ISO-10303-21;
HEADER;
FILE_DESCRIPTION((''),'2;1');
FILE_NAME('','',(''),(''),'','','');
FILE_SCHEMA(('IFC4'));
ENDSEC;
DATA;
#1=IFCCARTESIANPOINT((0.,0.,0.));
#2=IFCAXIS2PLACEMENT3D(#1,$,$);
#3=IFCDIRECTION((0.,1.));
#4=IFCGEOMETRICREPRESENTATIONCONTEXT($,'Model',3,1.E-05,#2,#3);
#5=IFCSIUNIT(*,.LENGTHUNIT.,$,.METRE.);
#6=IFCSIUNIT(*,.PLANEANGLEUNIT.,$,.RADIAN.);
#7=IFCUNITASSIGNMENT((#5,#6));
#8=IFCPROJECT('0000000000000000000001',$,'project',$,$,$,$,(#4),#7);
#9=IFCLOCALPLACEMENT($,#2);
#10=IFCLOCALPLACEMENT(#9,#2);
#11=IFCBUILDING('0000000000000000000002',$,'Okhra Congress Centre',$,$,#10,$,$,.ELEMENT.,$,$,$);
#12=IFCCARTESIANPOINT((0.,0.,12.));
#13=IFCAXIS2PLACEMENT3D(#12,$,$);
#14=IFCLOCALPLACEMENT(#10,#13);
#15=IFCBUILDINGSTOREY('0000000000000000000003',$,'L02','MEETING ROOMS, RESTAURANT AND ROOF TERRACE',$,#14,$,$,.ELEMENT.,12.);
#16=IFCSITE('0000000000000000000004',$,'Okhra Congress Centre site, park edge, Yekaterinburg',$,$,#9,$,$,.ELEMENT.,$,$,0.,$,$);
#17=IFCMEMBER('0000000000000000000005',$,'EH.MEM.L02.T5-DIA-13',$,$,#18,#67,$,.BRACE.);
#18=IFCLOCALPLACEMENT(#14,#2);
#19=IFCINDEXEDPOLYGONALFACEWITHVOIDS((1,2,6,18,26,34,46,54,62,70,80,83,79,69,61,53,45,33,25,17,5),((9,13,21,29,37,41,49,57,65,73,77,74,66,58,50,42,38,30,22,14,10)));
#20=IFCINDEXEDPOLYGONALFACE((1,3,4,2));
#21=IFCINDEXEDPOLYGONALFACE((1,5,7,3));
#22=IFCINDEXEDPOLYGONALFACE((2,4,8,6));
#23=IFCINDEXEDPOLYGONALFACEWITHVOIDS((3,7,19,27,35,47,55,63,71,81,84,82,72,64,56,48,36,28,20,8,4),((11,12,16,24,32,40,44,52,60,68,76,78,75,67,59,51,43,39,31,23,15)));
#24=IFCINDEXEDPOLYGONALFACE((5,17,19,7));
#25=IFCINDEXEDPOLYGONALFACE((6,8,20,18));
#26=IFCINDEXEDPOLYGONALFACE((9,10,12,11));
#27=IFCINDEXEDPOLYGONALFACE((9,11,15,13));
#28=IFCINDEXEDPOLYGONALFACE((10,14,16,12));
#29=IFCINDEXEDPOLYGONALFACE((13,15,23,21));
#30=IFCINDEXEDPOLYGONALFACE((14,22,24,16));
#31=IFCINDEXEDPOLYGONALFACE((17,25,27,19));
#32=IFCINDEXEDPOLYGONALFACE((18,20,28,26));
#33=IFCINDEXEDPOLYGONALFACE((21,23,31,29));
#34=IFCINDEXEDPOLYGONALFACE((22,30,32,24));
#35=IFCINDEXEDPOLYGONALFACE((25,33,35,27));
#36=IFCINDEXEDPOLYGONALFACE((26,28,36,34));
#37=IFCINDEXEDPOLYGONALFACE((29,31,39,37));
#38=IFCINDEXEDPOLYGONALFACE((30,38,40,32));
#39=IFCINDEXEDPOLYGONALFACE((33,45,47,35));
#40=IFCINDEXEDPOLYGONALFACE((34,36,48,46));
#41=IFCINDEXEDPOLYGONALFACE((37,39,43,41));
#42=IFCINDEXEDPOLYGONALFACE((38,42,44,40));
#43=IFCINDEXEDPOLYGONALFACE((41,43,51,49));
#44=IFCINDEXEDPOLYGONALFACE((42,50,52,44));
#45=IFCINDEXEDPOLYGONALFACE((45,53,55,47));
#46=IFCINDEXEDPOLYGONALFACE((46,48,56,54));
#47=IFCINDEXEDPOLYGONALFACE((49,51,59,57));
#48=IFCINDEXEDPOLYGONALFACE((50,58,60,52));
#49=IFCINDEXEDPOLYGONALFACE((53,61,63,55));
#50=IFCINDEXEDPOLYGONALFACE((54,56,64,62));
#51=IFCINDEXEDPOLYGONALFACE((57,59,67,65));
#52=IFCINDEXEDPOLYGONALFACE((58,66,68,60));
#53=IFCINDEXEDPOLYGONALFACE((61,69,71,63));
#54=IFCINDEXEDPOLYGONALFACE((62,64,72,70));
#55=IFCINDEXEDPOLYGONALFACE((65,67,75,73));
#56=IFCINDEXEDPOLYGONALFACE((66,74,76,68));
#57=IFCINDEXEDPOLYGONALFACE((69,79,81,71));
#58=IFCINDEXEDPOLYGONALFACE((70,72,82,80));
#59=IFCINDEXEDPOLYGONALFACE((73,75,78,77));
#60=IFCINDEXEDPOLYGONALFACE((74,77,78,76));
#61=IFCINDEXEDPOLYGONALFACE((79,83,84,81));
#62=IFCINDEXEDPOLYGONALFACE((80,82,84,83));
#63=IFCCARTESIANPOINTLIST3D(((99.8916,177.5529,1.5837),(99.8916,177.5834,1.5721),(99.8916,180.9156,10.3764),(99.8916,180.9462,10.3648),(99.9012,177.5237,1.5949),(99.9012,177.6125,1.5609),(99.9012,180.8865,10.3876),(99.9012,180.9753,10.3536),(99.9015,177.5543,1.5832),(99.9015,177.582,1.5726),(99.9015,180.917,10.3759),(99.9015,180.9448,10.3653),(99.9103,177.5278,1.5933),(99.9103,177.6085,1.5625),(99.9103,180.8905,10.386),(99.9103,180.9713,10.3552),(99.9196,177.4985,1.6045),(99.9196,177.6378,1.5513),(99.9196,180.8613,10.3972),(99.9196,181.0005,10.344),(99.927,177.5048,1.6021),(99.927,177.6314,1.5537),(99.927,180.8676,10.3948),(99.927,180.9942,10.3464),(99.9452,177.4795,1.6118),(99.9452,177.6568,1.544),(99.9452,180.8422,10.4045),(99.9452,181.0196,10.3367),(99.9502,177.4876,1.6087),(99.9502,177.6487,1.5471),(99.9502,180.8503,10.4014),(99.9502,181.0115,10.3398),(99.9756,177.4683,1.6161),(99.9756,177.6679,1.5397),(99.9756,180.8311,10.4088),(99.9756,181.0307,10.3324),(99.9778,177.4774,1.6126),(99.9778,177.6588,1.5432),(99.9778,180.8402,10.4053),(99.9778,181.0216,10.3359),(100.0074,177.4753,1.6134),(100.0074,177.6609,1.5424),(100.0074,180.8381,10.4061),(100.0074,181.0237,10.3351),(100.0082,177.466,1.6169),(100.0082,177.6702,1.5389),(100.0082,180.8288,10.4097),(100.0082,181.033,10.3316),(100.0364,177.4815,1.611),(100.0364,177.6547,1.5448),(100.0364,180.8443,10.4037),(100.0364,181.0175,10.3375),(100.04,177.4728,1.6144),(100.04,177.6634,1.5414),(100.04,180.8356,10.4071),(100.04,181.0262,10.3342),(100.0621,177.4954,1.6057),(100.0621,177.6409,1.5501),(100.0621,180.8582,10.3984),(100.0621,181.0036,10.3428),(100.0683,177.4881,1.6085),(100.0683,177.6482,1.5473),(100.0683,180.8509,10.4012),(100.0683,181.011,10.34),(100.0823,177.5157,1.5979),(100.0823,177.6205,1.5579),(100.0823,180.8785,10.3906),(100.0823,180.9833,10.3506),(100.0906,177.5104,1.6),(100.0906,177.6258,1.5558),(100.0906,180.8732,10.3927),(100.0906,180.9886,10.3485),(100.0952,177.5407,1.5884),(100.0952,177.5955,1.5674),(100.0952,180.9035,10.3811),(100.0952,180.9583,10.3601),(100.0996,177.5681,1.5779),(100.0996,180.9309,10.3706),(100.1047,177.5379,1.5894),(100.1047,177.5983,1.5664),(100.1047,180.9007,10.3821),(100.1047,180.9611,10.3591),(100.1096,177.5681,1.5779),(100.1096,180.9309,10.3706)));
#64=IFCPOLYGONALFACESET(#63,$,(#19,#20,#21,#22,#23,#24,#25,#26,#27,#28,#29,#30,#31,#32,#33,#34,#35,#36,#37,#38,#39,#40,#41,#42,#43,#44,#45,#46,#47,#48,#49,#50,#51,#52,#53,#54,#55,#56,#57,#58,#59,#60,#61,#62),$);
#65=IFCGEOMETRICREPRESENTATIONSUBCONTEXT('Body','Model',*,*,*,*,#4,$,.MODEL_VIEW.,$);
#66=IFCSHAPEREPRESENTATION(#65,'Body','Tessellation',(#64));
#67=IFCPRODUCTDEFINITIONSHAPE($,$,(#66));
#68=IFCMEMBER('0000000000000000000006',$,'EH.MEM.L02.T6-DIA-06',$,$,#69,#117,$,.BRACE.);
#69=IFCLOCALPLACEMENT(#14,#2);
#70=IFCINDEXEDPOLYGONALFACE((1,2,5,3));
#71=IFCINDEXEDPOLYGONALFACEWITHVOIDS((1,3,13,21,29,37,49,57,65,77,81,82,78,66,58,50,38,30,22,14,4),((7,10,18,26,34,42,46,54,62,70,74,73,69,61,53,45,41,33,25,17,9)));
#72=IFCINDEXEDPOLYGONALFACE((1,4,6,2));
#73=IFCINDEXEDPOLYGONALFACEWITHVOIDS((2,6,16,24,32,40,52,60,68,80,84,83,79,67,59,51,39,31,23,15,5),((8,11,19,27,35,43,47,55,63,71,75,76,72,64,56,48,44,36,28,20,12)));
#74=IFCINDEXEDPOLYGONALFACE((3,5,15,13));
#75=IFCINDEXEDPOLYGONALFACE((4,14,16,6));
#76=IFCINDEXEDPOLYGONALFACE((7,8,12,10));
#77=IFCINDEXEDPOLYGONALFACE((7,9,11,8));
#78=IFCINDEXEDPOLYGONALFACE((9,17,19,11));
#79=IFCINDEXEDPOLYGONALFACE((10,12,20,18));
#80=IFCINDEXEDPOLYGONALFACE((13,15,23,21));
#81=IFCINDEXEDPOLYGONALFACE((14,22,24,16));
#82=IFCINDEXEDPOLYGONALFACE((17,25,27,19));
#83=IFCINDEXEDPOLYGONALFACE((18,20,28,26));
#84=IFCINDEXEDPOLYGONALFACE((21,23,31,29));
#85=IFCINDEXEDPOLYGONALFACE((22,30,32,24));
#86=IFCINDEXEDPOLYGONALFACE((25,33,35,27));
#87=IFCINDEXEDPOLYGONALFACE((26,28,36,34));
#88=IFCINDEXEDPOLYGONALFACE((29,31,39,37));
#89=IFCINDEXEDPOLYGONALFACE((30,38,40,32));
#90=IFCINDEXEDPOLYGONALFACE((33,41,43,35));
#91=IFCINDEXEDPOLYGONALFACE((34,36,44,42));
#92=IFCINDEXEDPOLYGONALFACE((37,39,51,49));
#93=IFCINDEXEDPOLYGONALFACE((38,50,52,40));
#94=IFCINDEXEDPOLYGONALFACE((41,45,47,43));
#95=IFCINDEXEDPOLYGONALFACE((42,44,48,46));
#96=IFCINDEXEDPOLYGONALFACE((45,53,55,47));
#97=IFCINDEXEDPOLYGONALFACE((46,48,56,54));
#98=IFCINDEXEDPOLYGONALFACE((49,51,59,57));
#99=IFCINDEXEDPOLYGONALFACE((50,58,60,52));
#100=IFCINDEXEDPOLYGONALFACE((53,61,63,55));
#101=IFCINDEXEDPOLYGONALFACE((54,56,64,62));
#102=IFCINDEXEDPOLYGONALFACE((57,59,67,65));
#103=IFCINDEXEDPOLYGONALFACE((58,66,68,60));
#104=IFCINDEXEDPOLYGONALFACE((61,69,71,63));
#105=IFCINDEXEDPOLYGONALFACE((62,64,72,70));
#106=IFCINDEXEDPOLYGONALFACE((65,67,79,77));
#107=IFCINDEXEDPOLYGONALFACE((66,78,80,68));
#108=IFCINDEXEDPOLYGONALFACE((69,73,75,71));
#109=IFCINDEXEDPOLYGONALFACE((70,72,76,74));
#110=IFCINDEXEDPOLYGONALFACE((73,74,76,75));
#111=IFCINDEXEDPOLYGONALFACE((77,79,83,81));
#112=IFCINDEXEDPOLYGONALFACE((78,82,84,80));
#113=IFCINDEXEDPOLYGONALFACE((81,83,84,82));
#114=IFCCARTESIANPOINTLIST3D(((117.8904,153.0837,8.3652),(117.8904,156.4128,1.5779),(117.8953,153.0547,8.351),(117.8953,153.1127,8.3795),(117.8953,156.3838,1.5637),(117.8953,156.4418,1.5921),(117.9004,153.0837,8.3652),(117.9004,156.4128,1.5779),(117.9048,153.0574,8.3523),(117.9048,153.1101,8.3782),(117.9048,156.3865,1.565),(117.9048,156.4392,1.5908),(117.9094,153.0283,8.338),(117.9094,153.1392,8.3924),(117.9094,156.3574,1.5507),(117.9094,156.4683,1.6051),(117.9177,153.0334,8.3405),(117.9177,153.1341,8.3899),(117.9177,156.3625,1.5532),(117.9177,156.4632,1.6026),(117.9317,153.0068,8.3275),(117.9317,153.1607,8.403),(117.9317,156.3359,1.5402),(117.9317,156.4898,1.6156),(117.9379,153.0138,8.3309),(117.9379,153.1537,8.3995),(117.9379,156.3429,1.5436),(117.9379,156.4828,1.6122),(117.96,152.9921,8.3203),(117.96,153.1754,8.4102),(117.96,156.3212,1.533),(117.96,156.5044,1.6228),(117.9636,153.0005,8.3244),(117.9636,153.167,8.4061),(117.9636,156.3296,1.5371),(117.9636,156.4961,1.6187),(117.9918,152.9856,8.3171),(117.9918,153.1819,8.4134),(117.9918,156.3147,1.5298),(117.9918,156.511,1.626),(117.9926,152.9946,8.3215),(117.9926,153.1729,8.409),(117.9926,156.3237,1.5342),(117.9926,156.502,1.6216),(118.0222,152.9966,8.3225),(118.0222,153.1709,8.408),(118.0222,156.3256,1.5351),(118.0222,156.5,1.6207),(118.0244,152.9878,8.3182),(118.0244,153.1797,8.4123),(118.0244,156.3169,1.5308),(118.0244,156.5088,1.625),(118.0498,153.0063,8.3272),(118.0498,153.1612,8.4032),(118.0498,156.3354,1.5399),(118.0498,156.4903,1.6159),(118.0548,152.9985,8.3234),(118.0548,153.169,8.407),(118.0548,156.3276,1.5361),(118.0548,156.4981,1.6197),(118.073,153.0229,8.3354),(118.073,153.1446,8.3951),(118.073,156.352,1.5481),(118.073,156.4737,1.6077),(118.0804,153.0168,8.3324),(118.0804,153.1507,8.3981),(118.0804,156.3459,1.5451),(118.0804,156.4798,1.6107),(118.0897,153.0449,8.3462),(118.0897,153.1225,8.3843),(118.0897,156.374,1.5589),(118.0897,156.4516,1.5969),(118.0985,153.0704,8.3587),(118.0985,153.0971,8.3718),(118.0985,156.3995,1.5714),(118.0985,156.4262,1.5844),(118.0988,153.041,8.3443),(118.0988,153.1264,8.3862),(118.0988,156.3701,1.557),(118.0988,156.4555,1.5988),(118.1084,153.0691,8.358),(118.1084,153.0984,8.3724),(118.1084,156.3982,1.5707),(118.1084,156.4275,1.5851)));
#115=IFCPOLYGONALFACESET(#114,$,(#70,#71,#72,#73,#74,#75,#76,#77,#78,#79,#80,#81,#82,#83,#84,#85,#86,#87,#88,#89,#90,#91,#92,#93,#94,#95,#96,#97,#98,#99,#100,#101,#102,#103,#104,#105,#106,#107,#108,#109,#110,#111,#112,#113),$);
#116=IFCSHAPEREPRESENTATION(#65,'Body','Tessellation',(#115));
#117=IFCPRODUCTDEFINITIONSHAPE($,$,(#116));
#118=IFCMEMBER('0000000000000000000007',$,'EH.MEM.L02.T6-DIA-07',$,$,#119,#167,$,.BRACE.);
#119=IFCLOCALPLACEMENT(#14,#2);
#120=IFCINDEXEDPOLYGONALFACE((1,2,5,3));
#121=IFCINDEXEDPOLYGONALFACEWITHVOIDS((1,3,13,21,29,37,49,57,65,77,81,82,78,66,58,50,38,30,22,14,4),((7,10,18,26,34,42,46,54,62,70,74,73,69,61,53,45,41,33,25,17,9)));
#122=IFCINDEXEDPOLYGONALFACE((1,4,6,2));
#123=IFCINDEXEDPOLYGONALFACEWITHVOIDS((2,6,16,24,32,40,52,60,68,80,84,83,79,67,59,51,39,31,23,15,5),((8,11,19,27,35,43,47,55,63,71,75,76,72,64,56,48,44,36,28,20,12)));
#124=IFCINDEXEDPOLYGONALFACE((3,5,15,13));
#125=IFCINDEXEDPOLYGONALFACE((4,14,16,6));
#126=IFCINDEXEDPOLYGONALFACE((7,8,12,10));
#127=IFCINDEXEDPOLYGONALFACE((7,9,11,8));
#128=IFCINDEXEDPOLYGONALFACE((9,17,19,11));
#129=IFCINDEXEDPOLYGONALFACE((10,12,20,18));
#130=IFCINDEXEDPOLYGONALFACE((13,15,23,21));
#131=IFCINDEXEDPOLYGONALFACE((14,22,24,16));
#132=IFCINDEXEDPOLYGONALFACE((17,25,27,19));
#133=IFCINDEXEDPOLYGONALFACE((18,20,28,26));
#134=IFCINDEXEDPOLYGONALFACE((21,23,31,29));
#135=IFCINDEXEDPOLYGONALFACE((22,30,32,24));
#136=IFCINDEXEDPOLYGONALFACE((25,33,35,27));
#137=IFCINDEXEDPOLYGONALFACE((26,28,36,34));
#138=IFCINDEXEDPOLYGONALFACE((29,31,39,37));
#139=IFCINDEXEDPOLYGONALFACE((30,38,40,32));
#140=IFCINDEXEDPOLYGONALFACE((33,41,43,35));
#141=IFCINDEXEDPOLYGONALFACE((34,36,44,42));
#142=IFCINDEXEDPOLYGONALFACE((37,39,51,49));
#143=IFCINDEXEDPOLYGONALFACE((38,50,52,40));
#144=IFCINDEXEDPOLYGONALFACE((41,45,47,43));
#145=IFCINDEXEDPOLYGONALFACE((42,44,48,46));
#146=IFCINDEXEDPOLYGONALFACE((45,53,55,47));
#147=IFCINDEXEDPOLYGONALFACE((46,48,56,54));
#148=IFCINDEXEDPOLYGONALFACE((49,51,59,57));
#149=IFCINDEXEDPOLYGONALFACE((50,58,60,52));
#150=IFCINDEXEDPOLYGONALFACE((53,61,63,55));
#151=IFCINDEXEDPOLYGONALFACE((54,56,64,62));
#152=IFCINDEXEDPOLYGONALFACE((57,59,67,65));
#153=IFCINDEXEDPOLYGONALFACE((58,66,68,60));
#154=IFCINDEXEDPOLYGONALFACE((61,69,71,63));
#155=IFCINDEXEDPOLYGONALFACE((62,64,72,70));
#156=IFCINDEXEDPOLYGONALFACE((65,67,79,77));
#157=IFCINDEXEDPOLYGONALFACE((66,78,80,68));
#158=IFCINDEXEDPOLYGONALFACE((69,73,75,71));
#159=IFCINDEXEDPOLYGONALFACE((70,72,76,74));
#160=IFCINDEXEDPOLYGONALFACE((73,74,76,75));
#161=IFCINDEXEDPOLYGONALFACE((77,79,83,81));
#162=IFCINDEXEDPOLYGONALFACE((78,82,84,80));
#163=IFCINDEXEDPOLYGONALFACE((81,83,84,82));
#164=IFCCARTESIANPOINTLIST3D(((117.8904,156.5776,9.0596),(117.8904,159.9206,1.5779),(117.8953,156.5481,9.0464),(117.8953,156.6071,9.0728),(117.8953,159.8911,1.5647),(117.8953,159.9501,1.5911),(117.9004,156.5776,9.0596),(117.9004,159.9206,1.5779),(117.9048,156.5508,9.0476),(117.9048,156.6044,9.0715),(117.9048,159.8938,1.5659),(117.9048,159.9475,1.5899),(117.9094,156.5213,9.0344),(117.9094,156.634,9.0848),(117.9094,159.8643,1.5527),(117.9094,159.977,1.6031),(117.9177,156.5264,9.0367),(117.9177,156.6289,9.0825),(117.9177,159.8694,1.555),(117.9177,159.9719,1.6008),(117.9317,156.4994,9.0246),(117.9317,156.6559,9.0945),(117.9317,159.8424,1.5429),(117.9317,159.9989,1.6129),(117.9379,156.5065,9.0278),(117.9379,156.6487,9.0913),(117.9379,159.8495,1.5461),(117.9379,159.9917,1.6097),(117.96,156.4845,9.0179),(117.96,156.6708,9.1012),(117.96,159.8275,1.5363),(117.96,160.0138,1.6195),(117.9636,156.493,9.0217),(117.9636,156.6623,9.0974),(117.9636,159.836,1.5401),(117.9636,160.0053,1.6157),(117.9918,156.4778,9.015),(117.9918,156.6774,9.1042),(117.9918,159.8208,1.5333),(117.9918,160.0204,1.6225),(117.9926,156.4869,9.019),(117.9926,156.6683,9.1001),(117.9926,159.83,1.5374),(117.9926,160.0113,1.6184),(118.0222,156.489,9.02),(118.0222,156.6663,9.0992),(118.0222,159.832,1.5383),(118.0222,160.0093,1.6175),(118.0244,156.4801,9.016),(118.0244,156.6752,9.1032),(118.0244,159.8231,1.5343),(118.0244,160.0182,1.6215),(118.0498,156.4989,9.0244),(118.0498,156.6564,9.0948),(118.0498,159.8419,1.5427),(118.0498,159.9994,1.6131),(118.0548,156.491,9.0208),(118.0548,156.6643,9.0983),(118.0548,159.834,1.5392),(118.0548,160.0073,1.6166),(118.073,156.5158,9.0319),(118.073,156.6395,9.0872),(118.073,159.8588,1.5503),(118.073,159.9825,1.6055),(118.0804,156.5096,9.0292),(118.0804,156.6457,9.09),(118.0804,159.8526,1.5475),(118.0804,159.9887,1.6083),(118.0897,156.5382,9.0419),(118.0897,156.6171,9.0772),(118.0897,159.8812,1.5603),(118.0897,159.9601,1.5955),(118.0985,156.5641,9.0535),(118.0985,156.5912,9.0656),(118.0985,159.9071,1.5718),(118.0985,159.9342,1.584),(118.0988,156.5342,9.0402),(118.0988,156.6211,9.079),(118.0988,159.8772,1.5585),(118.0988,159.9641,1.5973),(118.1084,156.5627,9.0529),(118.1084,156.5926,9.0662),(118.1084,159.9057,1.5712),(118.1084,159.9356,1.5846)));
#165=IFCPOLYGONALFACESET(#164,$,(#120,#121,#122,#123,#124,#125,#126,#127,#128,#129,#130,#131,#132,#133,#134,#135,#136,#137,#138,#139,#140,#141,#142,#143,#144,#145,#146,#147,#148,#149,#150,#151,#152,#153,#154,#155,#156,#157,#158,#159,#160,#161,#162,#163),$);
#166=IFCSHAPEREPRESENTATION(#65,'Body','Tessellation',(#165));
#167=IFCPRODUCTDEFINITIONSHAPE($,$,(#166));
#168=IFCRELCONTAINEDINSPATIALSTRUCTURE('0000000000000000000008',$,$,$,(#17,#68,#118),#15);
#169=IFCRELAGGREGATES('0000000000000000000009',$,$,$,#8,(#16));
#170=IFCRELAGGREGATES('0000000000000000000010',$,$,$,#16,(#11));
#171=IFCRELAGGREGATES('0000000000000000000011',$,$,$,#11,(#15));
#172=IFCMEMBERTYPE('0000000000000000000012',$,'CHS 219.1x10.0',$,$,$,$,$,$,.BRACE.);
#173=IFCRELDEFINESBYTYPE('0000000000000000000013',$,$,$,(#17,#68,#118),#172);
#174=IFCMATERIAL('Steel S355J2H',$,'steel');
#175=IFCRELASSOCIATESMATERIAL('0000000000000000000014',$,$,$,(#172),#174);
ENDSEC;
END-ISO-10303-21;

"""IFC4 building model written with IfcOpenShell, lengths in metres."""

from ifc_helpers import new_model, si_unit, direction, frame, origin, origin_2d, place, context, subcontext, project, spatial, hollow_circle, extrude, material, material_profile, profile_set, type_object, element, save


model = new_model("IFC4")

# Units and contexts
model_context = context("Model", 3, precision=1e-05, world=origin(), true_north=direction((0.0, 1.0)))
body_context = subcontext(model_context, "Body", "Model", "MODEL_VIEW")
ifc_project = project(units=[si_unit("LENGTHUNIT", "METRE"), si_unit("PLANEANGLEUNIT", "RADIAN")], contexts=[model_context])

# Site, building, storey
site_placement = place(None, origin())
site = spatial("IfcSite", under=ifc_project, at=site_placement, Name="Okhra Congress Centre site, park edge, Yekaterinburg", CompositionType="ELEMENT", RefElevation=0.0)
building_placement = place(site_placement, origin())
building = spatial("IfcBuilding", under=site, at=building_placement, Name="Okhra Congress Centre", CompositionType="ELEMENT")
storey_placement = place(building_placement, frame((0.0, 0.0, 12.0)))
storey = spatial("IfcBuildingStorey", under=building, at=storey_placement, Name="L02", Description="MEETING ROOMS, RESTAURANT AND ROOF TERRACE", CompositionType="ELEMENT", Elevation=12.0)

# Members
ifc_material_1 = material(Name="Steel S355J2H", Category="steel")
ifc_material_profile_1 = material_profile(ifc_material_1, hollow_circle(Radius=0.1096, WallThickness=0.01, at=origin_2d()), Name="CHS 219.1x10.0")
ifc_profile_set_1 = profile_set([ifc_material_profile_1], Name="Steel S355J2H")
member_type_1 = type_object("IfcMemberType", Name="CHS 219.1x10.0", PredefinedType="BRACE", material=ifc_profile_set_1)
member_1_placement = place(storey_placement, frame((100.0, 180.9309, 10.3706), z_axis=(0.0, -0.357218, -0.934021), x_axis=(1.0, 0.0, 0.0)))
element("IfcMember", 1, at=member_1_placement, inside=storey, type_object=member_type_1, Name="EH.MEM.L02.T5-DIA-13", PredefinedType="BRACE", context=body_context, shape_type="SweptSolid", body=[
    extrude(hollow_circle(Radius=0.1096, WallThickness=0.01, at=origin_2d()), origin(), (0.0, 0.0, 1.0), 9.4138),
])
member_2_placement = place(storey_placement, frame((118.0, 153.0837, 8.3652), z_axis=(0.0, 0.440367, -0.897818), x_axis=(-1.0, 0.0, 0.0)))
element("IfcMember", 2, at=member_2_placement, inside=storey, type_object=member_type_1, Name="EH.MEM.L02.T6-DIA-06", PredefinedType="BRACE", context=body_context, shape_type="SweptSolid", body=[
    extrude(hollow_circle(Radius=0.1096, WallThickness=0.01, at=origin_2d()), origin(), (0.0, 0.0, 1.0), 7.5598),
])
member_3_placement = place(storey_placement, frame((118.0, 156.5776, 9.0596), z_axis=(0.0, 0.407954, -0.913003), x_axis=(-1.0, 0.0, 0.0)))
element("IfcMember", 3, at=member_3_placement, inside=storey, type_object=member_type_1, Name="EH.MEM.L02.T6-DIA-07", PredefinedType="BRACE", context=body_context, shape_type="SweptSolid", body=[
    extrude(hollow_circle(Radius=0.1096, WallThickness=0.01, at=origin_2d()), origin(), (0.0, 0.0, 1.0), 8.1946),
])

save(model, "model.ifc")
